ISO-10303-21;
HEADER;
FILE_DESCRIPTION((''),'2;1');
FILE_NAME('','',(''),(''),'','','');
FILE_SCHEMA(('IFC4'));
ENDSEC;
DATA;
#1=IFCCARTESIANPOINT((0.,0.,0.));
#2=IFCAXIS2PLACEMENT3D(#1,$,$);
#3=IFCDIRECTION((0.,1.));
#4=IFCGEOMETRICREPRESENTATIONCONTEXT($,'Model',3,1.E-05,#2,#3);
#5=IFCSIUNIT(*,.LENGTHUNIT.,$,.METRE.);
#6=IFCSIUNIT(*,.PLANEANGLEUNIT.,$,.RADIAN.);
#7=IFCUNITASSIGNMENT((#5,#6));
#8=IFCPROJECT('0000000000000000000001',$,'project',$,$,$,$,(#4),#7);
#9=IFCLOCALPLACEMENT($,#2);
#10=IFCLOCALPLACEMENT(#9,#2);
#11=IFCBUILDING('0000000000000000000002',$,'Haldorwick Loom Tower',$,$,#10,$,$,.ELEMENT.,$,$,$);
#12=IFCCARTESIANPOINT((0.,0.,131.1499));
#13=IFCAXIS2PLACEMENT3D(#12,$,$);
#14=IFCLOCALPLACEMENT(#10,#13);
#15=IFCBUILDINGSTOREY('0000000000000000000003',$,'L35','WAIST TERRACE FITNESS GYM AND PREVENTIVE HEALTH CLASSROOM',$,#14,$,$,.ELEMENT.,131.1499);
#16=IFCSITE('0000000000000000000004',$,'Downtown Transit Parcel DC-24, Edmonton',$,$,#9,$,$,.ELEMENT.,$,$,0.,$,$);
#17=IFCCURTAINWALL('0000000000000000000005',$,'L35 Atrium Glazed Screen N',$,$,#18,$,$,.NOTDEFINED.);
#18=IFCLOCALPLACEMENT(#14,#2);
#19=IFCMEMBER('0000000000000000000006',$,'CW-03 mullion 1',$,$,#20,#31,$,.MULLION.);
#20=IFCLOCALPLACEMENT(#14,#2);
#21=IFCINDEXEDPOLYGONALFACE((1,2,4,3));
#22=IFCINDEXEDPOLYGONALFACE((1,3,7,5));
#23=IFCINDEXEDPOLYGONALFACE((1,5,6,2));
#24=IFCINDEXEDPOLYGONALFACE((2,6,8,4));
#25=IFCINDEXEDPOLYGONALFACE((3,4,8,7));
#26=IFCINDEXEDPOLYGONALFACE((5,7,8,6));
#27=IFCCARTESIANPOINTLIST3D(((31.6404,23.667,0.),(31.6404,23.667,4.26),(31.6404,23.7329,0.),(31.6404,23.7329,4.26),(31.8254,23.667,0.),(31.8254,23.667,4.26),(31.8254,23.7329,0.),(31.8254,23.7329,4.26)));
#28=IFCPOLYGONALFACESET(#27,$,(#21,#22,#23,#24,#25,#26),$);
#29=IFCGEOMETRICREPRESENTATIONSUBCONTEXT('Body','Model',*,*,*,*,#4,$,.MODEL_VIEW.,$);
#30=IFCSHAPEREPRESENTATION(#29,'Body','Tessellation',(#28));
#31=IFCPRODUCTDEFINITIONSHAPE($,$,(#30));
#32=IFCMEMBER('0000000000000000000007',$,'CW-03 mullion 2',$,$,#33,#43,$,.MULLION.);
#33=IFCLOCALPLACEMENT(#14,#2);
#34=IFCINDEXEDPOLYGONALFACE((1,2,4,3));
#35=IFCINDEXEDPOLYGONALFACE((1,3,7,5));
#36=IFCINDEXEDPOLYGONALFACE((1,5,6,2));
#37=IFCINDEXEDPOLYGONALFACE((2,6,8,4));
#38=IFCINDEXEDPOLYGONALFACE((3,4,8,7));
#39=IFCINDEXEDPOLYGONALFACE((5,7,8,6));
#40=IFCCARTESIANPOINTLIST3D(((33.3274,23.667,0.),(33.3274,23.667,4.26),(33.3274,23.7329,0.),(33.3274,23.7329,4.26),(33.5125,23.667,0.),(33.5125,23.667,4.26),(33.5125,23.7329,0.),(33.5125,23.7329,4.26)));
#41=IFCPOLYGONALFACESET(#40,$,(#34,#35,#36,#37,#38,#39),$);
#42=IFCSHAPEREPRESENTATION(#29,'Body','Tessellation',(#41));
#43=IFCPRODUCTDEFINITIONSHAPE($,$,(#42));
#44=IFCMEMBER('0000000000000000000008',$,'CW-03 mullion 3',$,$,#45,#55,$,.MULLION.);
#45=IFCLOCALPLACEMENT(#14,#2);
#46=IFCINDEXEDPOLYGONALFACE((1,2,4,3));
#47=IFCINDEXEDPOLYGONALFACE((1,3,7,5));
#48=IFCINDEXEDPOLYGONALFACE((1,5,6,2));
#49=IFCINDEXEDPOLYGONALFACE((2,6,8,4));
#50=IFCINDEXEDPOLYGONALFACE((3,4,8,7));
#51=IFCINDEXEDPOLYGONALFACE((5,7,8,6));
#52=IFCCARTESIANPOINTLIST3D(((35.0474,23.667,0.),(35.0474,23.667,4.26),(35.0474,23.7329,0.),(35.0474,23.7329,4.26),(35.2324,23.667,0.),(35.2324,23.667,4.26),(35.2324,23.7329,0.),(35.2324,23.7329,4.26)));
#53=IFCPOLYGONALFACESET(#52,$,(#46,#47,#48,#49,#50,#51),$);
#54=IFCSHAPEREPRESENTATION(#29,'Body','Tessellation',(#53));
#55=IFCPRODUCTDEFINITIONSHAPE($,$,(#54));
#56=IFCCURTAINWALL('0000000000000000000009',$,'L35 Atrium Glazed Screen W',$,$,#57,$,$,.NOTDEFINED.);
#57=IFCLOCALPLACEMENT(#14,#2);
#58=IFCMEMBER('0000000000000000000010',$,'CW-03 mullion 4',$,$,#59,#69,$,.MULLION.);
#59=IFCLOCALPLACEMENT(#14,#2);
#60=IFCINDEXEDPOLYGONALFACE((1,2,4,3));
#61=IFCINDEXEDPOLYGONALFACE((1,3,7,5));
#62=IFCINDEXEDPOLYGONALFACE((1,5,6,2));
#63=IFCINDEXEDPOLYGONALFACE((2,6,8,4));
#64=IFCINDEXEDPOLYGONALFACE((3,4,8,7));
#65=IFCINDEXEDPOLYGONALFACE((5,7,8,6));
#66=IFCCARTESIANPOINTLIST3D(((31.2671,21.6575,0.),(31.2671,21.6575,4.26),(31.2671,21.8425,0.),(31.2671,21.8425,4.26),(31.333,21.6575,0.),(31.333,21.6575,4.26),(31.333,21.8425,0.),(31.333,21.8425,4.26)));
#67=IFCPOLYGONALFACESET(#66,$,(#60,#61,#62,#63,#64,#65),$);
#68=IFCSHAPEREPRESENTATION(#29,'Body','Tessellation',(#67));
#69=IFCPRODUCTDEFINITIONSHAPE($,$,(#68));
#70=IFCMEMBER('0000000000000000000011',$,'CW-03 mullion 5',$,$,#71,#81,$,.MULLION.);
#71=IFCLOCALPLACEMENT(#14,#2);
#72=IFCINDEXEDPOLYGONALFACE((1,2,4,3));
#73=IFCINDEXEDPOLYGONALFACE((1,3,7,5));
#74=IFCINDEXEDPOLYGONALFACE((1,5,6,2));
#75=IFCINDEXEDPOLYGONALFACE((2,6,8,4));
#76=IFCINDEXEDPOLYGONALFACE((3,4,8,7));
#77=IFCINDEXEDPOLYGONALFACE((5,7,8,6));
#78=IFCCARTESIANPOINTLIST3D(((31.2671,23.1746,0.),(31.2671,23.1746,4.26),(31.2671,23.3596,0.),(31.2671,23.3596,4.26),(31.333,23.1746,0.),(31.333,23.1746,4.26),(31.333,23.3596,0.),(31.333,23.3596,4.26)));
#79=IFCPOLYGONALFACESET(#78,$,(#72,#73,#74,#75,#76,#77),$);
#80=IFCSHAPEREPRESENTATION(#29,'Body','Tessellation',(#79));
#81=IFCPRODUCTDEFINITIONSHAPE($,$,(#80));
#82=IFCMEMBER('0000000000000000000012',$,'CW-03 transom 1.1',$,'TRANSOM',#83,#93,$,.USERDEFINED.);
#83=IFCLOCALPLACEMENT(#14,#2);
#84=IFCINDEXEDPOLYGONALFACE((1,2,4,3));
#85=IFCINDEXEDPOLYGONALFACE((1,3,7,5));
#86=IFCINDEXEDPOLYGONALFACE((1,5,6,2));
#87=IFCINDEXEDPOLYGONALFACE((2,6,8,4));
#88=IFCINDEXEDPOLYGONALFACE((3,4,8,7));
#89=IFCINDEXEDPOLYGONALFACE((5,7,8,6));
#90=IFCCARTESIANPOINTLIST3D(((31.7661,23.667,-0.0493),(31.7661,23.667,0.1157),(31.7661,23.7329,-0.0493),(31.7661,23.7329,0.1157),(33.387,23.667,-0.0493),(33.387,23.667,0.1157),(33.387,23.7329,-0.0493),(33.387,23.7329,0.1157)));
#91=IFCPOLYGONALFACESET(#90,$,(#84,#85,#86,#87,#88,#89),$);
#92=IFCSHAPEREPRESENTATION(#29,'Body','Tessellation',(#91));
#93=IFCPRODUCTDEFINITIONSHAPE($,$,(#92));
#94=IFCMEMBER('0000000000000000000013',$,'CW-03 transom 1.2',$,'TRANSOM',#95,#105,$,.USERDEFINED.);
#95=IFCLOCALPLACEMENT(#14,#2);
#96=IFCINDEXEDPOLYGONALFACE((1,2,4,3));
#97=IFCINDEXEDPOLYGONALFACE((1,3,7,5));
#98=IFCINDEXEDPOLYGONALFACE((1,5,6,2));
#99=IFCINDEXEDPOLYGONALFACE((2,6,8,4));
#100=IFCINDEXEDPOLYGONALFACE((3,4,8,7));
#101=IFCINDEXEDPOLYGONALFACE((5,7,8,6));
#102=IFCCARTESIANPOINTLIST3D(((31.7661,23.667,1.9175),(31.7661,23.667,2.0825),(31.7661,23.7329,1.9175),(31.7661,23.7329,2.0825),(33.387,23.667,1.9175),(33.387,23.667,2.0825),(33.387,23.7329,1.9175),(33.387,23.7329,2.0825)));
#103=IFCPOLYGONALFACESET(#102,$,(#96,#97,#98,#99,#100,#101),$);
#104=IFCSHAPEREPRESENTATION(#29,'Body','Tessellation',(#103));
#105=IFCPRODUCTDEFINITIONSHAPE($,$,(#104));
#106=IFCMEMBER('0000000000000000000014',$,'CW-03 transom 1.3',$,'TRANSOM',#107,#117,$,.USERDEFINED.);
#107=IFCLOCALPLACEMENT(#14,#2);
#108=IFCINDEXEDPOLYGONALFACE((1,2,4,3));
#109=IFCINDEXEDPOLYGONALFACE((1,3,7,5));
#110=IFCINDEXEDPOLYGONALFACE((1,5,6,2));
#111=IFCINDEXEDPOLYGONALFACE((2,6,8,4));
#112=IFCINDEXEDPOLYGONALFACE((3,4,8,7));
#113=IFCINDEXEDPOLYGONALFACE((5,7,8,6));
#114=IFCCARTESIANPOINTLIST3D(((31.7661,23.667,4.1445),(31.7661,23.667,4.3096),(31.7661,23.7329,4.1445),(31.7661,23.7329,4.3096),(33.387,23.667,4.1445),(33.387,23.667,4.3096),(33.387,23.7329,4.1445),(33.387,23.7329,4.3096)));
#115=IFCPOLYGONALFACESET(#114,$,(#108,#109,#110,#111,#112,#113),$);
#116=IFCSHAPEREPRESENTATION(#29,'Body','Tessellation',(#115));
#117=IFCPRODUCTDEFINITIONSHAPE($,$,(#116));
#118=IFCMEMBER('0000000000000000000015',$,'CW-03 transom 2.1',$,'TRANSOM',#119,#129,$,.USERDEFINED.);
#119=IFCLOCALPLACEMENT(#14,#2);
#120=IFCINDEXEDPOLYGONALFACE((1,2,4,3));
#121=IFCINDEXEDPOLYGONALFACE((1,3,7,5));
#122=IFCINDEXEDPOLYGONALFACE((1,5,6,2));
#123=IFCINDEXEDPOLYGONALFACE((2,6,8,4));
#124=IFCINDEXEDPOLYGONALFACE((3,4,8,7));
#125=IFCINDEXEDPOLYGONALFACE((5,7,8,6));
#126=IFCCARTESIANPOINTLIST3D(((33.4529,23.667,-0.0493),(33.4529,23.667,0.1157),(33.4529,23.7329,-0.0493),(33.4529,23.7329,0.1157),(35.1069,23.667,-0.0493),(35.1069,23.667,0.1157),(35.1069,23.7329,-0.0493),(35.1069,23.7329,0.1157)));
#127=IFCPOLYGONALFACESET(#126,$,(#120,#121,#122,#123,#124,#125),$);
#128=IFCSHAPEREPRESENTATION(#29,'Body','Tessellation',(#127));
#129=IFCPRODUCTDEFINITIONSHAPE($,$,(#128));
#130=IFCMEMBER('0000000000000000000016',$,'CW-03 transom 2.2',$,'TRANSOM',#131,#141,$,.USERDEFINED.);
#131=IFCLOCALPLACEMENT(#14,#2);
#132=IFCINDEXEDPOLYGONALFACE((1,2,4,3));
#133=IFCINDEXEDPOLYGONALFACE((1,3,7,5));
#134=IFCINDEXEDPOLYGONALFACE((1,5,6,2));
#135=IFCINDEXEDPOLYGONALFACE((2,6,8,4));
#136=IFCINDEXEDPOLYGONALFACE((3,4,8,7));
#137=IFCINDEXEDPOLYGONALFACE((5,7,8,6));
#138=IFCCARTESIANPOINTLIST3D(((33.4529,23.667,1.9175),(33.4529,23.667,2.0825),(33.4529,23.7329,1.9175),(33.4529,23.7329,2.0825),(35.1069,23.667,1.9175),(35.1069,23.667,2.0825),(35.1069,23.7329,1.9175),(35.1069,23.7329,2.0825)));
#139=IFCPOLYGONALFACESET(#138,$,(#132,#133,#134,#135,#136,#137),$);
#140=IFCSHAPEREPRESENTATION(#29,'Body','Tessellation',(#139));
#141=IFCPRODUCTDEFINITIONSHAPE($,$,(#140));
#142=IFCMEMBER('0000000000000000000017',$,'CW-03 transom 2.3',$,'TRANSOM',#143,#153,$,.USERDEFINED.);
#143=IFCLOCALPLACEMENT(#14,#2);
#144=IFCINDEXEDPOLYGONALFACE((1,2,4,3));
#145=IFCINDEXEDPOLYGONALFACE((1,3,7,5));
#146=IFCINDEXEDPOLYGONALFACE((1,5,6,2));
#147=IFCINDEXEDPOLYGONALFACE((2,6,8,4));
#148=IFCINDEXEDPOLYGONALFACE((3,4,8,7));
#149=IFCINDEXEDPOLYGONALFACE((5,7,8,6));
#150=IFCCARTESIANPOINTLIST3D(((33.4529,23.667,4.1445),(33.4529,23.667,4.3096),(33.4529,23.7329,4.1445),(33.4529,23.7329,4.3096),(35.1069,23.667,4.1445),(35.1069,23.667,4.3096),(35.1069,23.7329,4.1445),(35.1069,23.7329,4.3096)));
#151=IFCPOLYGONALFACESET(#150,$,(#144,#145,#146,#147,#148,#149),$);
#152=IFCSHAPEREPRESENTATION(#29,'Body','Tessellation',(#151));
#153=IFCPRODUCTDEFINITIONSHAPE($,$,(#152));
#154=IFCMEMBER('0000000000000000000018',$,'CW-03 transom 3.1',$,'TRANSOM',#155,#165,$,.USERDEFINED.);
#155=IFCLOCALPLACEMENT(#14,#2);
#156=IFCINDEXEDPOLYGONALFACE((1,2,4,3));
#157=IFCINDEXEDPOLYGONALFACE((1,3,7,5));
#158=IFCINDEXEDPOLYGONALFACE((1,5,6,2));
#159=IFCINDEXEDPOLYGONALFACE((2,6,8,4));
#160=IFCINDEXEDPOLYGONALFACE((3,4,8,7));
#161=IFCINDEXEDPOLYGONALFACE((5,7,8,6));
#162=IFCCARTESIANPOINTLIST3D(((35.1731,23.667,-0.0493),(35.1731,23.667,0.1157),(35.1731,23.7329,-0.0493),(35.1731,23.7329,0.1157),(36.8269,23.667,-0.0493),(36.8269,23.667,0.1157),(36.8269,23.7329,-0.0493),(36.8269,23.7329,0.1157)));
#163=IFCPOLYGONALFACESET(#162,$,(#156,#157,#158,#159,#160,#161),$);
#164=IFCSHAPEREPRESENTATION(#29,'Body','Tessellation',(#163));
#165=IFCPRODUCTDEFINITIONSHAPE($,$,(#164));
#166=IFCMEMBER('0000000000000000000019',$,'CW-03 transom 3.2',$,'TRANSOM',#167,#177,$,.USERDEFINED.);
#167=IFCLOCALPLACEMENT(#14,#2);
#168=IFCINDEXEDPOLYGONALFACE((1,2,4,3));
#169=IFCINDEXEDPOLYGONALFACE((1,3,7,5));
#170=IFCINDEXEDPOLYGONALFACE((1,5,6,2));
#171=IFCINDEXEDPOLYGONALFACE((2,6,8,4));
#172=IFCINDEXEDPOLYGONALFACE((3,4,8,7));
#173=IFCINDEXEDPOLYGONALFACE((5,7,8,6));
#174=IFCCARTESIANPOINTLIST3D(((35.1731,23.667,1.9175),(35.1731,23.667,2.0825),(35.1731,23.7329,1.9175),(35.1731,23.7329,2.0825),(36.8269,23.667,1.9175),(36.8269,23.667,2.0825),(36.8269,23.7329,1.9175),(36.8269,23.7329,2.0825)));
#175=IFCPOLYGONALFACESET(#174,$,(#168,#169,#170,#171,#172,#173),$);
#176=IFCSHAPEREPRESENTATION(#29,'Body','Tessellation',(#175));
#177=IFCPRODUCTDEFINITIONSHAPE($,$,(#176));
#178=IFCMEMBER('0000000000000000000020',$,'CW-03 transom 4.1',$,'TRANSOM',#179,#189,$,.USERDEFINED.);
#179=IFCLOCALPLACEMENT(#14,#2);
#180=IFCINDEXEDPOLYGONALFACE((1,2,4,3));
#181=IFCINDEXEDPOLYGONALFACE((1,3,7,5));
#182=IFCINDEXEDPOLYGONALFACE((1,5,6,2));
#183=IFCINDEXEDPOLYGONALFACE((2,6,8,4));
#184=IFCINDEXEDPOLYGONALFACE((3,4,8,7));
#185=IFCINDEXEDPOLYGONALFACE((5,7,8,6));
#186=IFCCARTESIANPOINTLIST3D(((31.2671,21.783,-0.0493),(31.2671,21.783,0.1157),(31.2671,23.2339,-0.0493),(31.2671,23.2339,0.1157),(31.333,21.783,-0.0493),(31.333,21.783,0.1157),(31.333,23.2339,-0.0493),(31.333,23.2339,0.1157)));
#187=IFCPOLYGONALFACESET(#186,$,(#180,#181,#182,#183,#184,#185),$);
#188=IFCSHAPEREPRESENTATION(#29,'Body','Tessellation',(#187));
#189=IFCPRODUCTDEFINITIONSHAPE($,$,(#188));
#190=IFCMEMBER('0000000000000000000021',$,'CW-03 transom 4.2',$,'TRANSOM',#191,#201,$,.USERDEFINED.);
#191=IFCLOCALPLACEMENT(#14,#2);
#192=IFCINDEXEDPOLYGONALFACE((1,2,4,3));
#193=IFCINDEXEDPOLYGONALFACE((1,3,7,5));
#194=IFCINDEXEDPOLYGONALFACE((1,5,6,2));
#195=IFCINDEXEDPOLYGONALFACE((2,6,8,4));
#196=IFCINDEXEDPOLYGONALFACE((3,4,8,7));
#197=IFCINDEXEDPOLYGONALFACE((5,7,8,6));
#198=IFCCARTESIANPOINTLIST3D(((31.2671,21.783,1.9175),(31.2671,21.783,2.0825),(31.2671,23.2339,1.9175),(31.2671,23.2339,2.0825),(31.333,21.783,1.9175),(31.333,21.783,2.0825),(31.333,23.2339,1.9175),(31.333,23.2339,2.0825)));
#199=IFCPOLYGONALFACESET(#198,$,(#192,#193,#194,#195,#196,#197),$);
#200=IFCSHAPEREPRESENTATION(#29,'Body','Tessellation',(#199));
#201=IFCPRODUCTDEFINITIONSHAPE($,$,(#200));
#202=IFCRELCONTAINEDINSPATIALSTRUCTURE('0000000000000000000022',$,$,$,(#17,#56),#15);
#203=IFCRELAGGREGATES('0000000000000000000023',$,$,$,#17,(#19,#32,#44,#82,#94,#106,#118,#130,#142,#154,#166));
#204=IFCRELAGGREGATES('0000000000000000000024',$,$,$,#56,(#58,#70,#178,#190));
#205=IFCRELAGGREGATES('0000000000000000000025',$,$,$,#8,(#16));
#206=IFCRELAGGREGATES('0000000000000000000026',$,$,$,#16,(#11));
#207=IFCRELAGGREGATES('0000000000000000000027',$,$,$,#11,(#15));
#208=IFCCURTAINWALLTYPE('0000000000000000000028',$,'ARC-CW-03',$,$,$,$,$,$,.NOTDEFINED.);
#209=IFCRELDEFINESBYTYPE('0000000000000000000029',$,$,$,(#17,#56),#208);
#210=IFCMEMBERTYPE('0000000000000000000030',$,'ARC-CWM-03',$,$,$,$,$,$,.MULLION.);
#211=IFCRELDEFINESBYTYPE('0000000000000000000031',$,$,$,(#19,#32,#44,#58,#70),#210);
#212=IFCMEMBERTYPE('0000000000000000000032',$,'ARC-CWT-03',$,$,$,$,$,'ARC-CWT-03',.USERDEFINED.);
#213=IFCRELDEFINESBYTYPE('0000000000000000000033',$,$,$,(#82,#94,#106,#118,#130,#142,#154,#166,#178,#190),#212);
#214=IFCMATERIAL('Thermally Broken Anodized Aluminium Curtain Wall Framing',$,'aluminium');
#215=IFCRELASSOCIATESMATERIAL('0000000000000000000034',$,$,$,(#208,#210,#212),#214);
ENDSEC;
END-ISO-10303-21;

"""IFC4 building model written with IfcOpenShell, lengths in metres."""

from ifc_helpers import new_model, si_unit, direction, frame, origin, origin_2d, place, context, subcontext, project, spatial, rectangle, extrude, material, material_profile, profile_set, type_object, element, aggregate, save


model = new_model("IFC4")

# Units and contexts
model_context = context("Model", 3, precision=1e-05, world=origin(), true_north=direction((0.0, 1.0)))
body_context = subcontext(model_context, "Body", "Model", "MODEL_VIEW")
ifc_project = project(units=[si_unit("LENGTHUNIT", "METRE"), si_unit("PLANEANGLEUNIT", "RADIAN")], contexts=[model_context])

# Site, building, storey
site_placement = place(None, origin())
site = spatial("IfcSite", under=ifc_project, at=site_placement, Name="Downtown Transit Parcel DC-24, Edmonton", CompositionType="ELEMENT", RefElevation=0.0)
building_placement = place(site_placement, origin())
building = spatial("IfcBuilding", under=site, at=building_placement, Name="Haldorwick Loom Tower", CompositionType="ELEMENT")
storey_placement = place(building_placement, frame((0.0, 0.0, 131.1499)))
storey = spatial("IfcBuildingStorey", under=building, at=storey_placement, Name="L35", Description="WAIST TERRACE FITNESS GYM AND PREVENTIVE HEALTH CLASSROOM", CompositionType="ELEMENT", Elevation=131.1499)

# Curtain walls, members
ifc_material_1 = material(Name="Thermally Broken Anodized Aluminium Curtain Wall Framing", Category="aluminium")
curtain_wall_type = type_object("IfcCurtainWallType", Name="ARC-CW-03", PredefinedType="NOTDEFINED", material=ifc_material_1)
curtain_wall_1_placement = place(storey_placement, origin())
curtain_wall_1 = element("IfcCurtainWall", 1, at=curtain_wall_1_placement, inside=storey, type_object=curtain_wall_type, Name="L35 Atrium Glazed Screen N", PredefinedType="NOTDEFINED")
ifc_material_profile_1 = material_profile(ifc_material_1, rectangle(XDim=0.0659, YDim=0.1851, at=origin_2d()), Name="ALU_MUL_66X185", Category="aluminium")
ifc_profile_set_1 = profile_set([ifc_material_profile_1], Name="Thermally Broken Anodized Aluminium Curtain Wall Framing")
member_type_1 = type_object("IfcMemberType", Name="ARC-CWM-03", PredefinedType="MULLION", material=ifc_profile_set_1)
member_1_placement = place(storey_placement, frame((31.7329, 23.7, 0.0), z_axis=(0.0, 0.0, 1.0), x_axis=(0.0, 1.0, 0.0)))
member_1 = element("IfcMember", 2, at=member_1_placement, type_object=member_type_1, Name="CW-03 mullion 1", PredefinedType="MULLION", context=body_context, shape_type="SweptSolid", body=[
    extrude(rectangle(XDim=0.0659, YDim=0.1851, at=origin_2d()), origin(), (0.0, 0.0, 1.0), 4.26),
])
member_2_placement = place(storey_placement, frame((33.4199, 23.7, 0.0), z_axis=(0.0, 0.0, 1.0), x_axis=(0.0, 1.0, 0.0)))
member_2 = element("IfcMember", 3, at=member_2_placement, type_object=member_type_1, Name="CW-03 mullion 2", PredefinedType="MULLION", context=body_context, shape_type="SweptSolid", body=[
    extrude(rectangle(XDim=0.0659, YDim=0.1851, at=origin_2d()), origin(), (0.0, 0.0, 1.0), 4.26),
])
member_3_placement = place(storey_placement, frame((35.1399, 23.7, 0.0), z_axis=(0.0, 0.0, 1.0), x_axis=(0.0, 1.0, 0.0)))
member_3 = element("IfcMember", 4, at=member_3_placement, type_object=member_type_1, Name="CW-03 mullion 3", PredefinedType="MULLION", context=body_context, shape_type="SweptSolid", body=[
    extrude(rectangle(XDim=0.0659, YDim=0.1851, at=origin_2d()), origin(), (0.0, 0.0, 1.0), 4.26),
])
curtain_wall_2_placement = place(storey_placement, origin())
curtain_wall_2 = element("IfcCurtainWall", 5, at=curtain_wall_2_placement, inside=storey, type_object=curtain_wall_type, Name="L35 Atrium Glazed Screen W", PredefinedType="NOTDEFINED")
member_4_placement = place(storey_placement, frame((31.3, 21.75, 0.0), z_axis=(0.0, 0.0, 1.0), x_axis=(-1.0, 0.0, 0.0)))
member_4 = element("IfcMember", 6, at=member_4_placement, type_object=member_type_1, Name="CW-03 mullion 4", PredefinedType="MULLION", context=body_context, shape_type="SweptSolid", body=[
    extrude(rectangle(XDim=0.0659, YDim=0.1851, at=origin_2d()), origin(), (0.0, 0.0, 1.0), 4.26),
])
member_5_placement = place(storey_placement, frame((31.3, 23.2671, 0.0), z_axis=(0.0, 0.0, 1.0), x_axis=(-1.0, 0.0, 0.0)))
member_5 = element("IfcMember", 7, at=member_5_placement, type_object=member_type_1, Name="CW-03 mullion 5", PredefinedType="MULLION", context=body_context, shape_type="SweptSolid", body=[
    extrude(rectangle(XDim=0.0659, YDim=0.1851, at=origin_2d()), origin(), (0.0, 0.0, 1.0), 4.26),
])

# Members
ifc_material_profile_2 = material_profile(ifc_material_1, rectangle(XDim=0.0659, YDim=0.165, at=origin_2d()), Name="ALU_TRN_66X165", Category="aluminium")
ifc_profile_set_2 = profile_set([ifc_material_profile_2], Name="Thermally Broken Anodized Aluminium Curtain Wall Framing")
member_type_2 = type_object("IfcMemberType", Name="ARC-CWT-03", ElementType="ARC-CWT-03", PredefinedType="USERDEFINED", material=ifc_profile_set_2)
member_6_placement = place(storey_placement, frame((31.7661, 23.7, 0.0332), z_axis=(1.0, 0.0, 0.0), x_axis=(0.0, 1.0, 0.0)))
member_6 = element("IfcMember", 8, at=member_6_placement, type_object=member_type_2, Name="CW-03 transom 1.1", ObjectType="TRANSOM", PredefinedType="USERDEFINED", context=body_context, shape_type="SweptSolid", body=[
    extrude(rectangle(XDim=0.0659, YDim=0.165, at=origin_2d()), origin(), (0.0, 0.0, 1.0), 1.6208),
])
member_7_placement = place(storey_placement, frame((31.7661, 23.7, 2.0), z_axis=(1.0, 0.0, 0.0), x_axis=(0.0, 1.0, 0.0)))
member_7 = element("IfcMember", 9, at=member_7_placement, type_object=member_type_2, Name="CW-03 transom 1.2", ObjectType="TRANSOM", PredefinedType="USERDEFINED", context=body_context, shape_type="SweptSolid", body=[
    extrude(rectangle(XDim=0.0659, YDim=0.165, at=origin_2d()), origin(), (0.0, 0.0, 1.0), 1.6208),
])
member_8_placement = place(storey_placement, frame((31.7661, 23.7, 4.2271), z_axis=(1.0, 0.0, 0.0), x_axis=(0.0, 1.0, 0.0)))
member_8 = element("IfcMember", 10, at=member_8_placement, type_object=member_type_2, Name="CW-03 transom 1.3", ObjectType="TRANSOM", PredefinedType="USERDEFINED", context=body_context, shape_type="SweptSolid", body=[
    extrude(rectangle(XDim=0.0659, YDim=0.165, at=origin_2d()), origin(), (0.0, 0.0, 1.0), 1.6208),
])
member_9_placement = place(storey_placement, frame((33.4529, 23.7, 0.0332), z_axis=(1.0, 0.0, 0.0), x_axis=(0.0, 1.0, 0.0)))
member_9 = element("IfcMember", 11, at=member_9_placement, type_object=member_type_2, Name="CW-03 transom 2.1", ObjectType="TRANSOM", PredefinedType="USERDEFINED", context=body_context, shape_type="SweptSolid", body=[
    extrude(rectangle(XDim=0.0659, YDim=0.165, at=origin_2d()), origin(), (0.0, 0.0, 1.0), 1.6541),
])
member_10_placement = place(storey_placement, frame((33.4529, 23.7, 2.0), z_axis=(1.0, 0.0, 0.0), x_axis=(0.0, 1.0, 0.0)))
member_10 = element("IfcMember", 12, at=member_10_placement, type_object=member_type_2, Name="CW-03 transom 2.2", ObjectType="TRANSOM", PredefinedType="USERDEFINED", context=body_context, shape_type="SweptSolid", body=[
    extrude(rectangle(XDim=0.0659, YDim=0.165, at=origin_2d()), origin(), (0.0, 0.0, 1.0), 1.6541),
])
member_11_placement = place(storey_placement, frame((33.4529, 23.7, 4.2271), z_axis=(1.0, 0.0, 0.0), x_axis=(0.0, 1.0, 0.0)))
member_11 = element("IfcMember", 13, at=member_11_placement, type_object=member_type_2, Name="CW-03 transom 2.3", ObjectType="TRANSOM", PredefinedType="USERDEFINED", context=body_context, shape_type="SweptSolid", body=[
    extrude(rectangle(XDim=0.0659, YDim=0.165, at=origin_2d()), origin(), (0.0, 0.0, 1.0), 1.6541),
])
member_12_placement = place(storey_placement, frame((35.1731, 23.7, 0.0332), z_axis=(1.0, 0.0, 0.0), x_axis=(0.0, 1.0, 0.0)))
member_12 = element("IfcMember", 14, at=member_12_placement, type_object=member_type_2, Name="CW-03 transom 3.1", ObjectType="TRANSOM", PredefinedType="USERDEFINED", context=body_context, shape_type="SweptSolid", body=[
    extrude(rectangle(XDim=0.0659, YDim=0.165, at=origin_2d()), origin(), (0.0, 0.0, 1.0), 1.6538),
])
member_13_placement = place(storey_placement, frame((35.1731, 23.7, 2.0), z_axis=(1.0, 0.0, 0.0), x_axis=(0.0, 1.0, 0.0)))
member_13 = element("IfcMember", 15, at=member_13_placement, type_object=member_type_2, Name="CW-03 transom 3.2", ObjectType="TRANSOM", PredefinedType="USERDEFINED", context=body_context, shape_type="SweptSolid", body=[
    extrude(rectangle(XDim=0.0659, YDim=0.165, at=origin_2d()), origin(), (0.0, 0.0, 1.0), 1.6538),
])
member_14_placement = place(storey_placement, frame((31.3, 21.783, 0.0332), z_axis=(0.0, 1.0, 0.0), x_axis=(-1.0, 0.0, 0.0)))
member_14 = element("IfcMember", 16, at=member_14_placement, type_object=member_type_2, Name="CW-03 transom 4.1", ObjectType="TRANSOM", PredefinedType="USERDEFINED", context=body_context, shape_type="SweptSolid", body=[
    extrude(rectangle(XDim=0.0659, YDim=0.165, at=origin_2d()), origin(), (0.0, 0.0, 1.0), 1.4509),
])
member_15_placement = place(storey_placement, frame((31.3, 21.783, 2.0), z_axis=(0.0, 1.0, 0.0), x_axis=(-1.0, 0.0, 0.0)))
member_15 = element("IfcMember", 17, at=member_15_placement, type_object=member_type_2, Name="CW-03 transom 4.2", ObjectType="TRANSOM", PredefinedType="USERDEFINED", context=body_context, shape_type="SweptSolid", body=[
    extrude(rectangle(XDim=0.0659, YDim=0.165, at=origin_2d()), origin(), (0.0, 0.0, 1.0), 1.4509),
])

aggregate(curtain_wall_1, [member_1, member_2, member_3, member_6, member_7, member_8, member_9, member_10, member_11, member_12, member_13])
aggregate(curtain_wall_2, [member_4, member_5, member_14, member_15])

save(model, "model.ifc")
